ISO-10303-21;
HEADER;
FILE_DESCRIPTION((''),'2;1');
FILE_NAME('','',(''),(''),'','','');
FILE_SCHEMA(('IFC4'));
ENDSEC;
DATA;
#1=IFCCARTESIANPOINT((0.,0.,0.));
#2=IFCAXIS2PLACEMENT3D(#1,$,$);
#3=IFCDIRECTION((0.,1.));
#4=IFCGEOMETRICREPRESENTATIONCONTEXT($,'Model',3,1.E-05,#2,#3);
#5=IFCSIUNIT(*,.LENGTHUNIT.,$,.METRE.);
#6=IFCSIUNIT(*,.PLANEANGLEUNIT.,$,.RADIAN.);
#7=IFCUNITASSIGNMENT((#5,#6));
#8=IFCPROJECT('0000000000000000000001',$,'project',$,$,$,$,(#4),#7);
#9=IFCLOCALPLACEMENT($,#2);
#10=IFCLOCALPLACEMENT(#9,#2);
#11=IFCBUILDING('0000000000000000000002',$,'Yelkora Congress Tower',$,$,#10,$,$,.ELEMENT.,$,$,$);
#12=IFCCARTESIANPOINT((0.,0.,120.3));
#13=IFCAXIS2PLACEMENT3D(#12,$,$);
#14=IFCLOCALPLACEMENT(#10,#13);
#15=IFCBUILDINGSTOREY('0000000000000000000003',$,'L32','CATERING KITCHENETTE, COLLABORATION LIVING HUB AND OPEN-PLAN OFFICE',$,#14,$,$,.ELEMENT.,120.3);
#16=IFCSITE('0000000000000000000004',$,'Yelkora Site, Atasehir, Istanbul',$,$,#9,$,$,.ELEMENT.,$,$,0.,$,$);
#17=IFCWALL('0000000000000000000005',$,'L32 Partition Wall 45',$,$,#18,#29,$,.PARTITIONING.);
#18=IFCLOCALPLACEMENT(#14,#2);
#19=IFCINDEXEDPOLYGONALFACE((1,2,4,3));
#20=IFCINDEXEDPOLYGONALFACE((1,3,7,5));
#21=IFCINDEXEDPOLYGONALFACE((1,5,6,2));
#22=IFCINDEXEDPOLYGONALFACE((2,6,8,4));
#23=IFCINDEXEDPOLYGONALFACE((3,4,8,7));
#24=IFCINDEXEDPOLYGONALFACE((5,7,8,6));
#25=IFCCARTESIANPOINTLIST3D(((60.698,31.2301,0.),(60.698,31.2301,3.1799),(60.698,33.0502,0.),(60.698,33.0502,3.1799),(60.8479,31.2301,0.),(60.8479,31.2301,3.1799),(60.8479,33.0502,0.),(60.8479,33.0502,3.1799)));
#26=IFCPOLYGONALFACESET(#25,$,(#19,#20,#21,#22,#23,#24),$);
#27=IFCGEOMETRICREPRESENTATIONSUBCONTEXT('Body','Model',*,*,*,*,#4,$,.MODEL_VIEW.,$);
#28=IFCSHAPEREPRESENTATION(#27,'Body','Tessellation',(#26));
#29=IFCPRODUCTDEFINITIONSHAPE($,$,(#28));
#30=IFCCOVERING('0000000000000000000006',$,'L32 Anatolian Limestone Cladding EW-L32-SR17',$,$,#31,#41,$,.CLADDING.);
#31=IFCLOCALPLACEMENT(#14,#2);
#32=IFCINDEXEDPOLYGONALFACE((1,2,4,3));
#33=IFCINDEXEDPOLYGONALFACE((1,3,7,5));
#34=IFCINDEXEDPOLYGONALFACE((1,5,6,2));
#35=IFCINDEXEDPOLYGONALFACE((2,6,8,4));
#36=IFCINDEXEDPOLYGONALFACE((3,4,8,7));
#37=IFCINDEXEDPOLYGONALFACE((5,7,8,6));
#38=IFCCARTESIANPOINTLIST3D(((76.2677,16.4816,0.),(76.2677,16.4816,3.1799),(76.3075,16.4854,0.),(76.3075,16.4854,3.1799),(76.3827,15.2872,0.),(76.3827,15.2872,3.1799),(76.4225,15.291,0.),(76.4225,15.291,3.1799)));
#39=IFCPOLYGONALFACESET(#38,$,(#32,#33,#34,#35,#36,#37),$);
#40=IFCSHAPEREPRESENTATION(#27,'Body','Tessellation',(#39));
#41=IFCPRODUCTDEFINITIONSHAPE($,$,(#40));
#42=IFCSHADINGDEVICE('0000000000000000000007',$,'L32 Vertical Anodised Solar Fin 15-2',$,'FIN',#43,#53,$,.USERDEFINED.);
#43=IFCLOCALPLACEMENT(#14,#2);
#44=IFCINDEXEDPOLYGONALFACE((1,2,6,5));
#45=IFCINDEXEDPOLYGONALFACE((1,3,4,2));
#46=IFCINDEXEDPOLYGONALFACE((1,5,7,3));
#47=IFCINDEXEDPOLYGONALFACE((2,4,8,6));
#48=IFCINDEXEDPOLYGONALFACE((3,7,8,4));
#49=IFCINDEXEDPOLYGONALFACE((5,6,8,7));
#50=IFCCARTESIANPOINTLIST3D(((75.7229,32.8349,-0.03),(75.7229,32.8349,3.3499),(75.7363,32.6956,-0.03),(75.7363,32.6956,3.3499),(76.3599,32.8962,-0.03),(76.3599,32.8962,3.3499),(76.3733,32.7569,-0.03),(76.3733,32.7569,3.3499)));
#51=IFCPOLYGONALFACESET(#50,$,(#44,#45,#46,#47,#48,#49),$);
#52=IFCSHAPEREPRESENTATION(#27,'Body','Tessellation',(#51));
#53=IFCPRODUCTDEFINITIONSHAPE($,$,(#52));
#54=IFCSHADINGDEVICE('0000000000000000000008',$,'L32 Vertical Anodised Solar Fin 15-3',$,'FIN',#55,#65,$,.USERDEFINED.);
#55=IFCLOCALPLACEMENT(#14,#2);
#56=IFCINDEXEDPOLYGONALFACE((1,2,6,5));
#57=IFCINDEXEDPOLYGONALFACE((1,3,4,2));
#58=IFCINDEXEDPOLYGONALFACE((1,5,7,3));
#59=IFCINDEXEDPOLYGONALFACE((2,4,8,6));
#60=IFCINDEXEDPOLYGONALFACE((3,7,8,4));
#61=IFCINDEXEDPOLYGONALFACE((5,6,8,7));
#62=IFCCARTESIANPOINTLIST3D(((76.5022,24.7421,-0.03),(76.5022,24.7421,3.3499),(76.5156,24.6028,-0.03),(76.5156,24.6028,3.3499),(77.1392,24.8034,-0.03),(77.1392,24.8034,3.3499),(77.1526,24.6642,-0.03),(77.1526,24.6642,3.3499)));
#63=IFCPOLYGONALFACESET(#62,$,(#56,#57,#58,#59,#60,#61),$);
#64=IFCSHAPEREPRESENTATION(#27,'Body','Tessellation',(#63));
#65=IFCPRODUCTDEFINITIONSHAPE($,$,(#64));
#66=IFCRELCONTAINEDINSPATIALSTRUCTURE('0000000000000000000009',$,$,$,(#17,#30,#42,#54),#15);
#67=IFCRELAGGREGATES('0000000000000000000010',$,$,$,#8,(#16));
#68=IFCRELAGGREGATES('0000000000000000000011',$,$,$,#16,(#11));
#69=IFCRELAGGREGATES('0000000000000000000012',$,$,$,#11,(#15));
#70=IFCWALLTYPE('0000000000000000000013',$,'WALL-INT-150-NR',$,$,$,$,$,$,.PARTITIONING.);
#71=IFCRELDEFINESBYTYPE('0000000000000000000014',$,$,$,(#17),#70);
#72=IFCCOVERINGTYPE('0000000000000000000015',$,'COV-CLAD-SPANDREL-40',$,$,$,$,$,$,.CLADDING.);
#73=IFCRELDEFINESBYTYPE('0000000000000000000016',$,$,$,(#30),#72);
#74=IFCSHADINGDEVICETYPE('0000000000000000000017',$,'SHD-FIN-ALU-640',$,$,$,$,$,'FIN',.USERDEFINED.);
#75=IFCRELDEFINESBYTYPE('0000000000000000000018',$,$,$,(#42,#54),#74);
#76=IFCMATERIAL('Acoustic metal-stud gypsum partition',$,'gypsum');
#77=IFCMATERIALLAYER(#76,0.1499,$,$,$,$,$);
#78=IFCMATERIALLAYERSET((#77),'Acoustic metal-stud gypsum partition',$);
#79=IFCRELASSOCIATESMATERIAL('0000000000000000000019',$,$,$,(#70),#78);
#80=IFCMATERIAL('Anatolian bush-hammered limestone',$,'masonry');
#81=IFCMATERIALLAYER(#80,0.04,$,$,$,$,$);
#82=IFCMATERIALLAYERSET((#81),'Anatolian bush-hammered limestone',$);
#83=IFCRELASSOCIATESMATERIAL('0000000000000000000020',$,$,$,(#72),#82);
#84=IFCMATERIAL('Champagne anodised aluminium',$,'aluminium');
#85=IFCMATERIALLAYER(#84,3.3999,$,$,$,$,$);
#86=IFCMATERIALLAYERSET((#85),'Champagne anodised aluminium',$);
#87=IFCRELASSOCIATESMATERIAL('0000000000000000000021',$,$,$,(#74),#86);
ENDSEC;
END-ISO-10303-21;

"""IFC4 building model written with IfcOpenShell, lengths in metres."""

from ifc_helpers import new_model, si_unit, direction, frame, frame_2d, origin, origin_2d, place, context, subcontext, project, spatial, rectangle, extrude, material, layer, layer_set, type_object, element, save


model = new_model("IFC4")

# Units and contexts
model_context = context("Model", 3, precision=1e-05, world=origin(), true_north=direction((0.0, 1.0)))
body_context = subcontext(model_context, "Body", "Model", "MODEL_VIEW")
ifc_project = project(units=[si_unit("LENGTHUNIT", "METRE"), si_unit("PLANEANGLEUNIT", "RADIAN")], contexts=[model_context])

# Site, building, storey
site_placement = place(None, origin())
site = spatial("IfcSite", under=ifc_project, at=site_placement, Name="Yelkora Site, Atasehir, Istanbul", CompositionType="ELEMENT", RefElevation=0.0)
building_placement = place(site_placement, origin())
building = spatial("IfcBuilding", under=site, at=building_placement, Name="Yelkora Congress Tower", CompositionType="ELEMENT")
storey_placement = place(building_placement, frame((0.0, 0.0, 120.3)))
storey = spatial("IfcBuildingStorey", under=building, at=storey_placement, Name="L32", Description="CATERING KITCHENETTE, COLLABORATION LIVING HUB AND OPEN-PLAN OFFICE", CompositionType="ELEMENT", Elevation=120.3)

# Shared definitions
ifc_material_1 = material(Name="Acoustic metal-stud gypsum partition", Category="gypsum")
ifc_layer_1 = layer(ifc_material_1, 0.1499)
ifc_layer_set_1 = layer_set([ifc_layer_1], Name="Acoustic metal-stud gypsum partition")
wall_type_1 = type_object("IfcWallType", Name="WALL-INT-150-NR", PredefinedType="PARTITIONING", material=ifc_layer_set_1)

# Wall
wall_1_placement = place(storey_placement, frame((60.7729, 31.23, 0.0), z_axis=(0.0, 0.0, 1.0), x_axis=(0.0, 1.0, 0.0)))
element("IfcWall", 1, at=wall_1_placement, inside=storey, type_object=wall_type_1, Name="L32 Partition Wall 45", PredefinedType="PARTITIONING", context=body_context, shape_type="SweptSolid", body=[
    extrude(rectangle(XDim=1.8201, YDim=0.1499, at=frame_2d((0.9102, 0.0))), origin(), (0.0, 0.0, 1.0), 3.1799),
])

# Covering
ifc_material_2 = material(Name="Anatolian bush-hammered limestone", Category="masonry")
ifc_layer_2 = layer(ifc_material_2, 0.04)
ifc_layer_set_2 = layer_set([ifc_layer_2], Name="Anatolian bush-hammered limestone")
covering_type = type_object("IfcCoveringType", Name="COV-CLAD-SPANDREL-40", PredefinedType="CLADDING", material=ifc_layer_set_2)
covering_placement = place(storey_placement, frame((76.2876, 16.4836, 0.0), z_axis=(0.0, 0.0, 1.0), x_axis=(0.095836, -0.995397, 0.0)))
element("IfcCovering", 2, at=covering_placement, inside=storey, type_object=covering_type, Name="L32 Anatolian Limestone Cladding EW-L32-SR17", PredefinedType="CLADDING", context=body_context, shape_type="SweptSolid", body=[
    extrude(rectangle(XDim=1.2, YDim=0.04, at=frame_2d((0.6001, 0.0))), origin(), (0.0, 0.0, 1.0), 3.1799),
])

# Shading devices
ifc_material_3 = material(Name="Champagne anodised aluminium", Category="aluminium")
ifc_layer_3 = layer(ifc_material_3, 3.3999)
ifc_layer_set_3 = layer_set([ifc_layer_3], Name="Champagne anodised aluminium")
shading_device_type = type_object("IfcShadingDeviceType", Name="SHD-FIN-ALU-640", ElementType="FIN", PredefinedType="USERDEFINED", material=ifc_layer_set_3)
for number, where, z_axis, x_axis, name in (
    (3, (76.0481, 32.7959, -0.03), (0.0, 0.0, 1.0), (0.095846, -0.995396, 0.0), "L32 Vertical Anodised Solar Fin 15-2"),
    (4, (76.8274, 24.7031, -0.03), (0.0, 0.0, 1.0), (0.095846, -0.995396, 0.0), "L32 Vertical Anodised Solar Fin 15-3"),
):
    element("IfcShadingDevice", number, at=place(storey_placement, frame(where, z_axis=z_axis, x_axis=x_axis)), inside=storey, type_object=shading_device_type, Name=name, ObjectType="FIN", PredefinedType="USERDEFINED", context=body_context, shape_type="SweptSolid", body=[
        extrude(rectangle(XDim=0.1399, YDim=0.6399, at=origin_2d()), origin(), (0.0, 0.0, 1.0), 3.3799),
    ])

save(model, "model.ifc")
